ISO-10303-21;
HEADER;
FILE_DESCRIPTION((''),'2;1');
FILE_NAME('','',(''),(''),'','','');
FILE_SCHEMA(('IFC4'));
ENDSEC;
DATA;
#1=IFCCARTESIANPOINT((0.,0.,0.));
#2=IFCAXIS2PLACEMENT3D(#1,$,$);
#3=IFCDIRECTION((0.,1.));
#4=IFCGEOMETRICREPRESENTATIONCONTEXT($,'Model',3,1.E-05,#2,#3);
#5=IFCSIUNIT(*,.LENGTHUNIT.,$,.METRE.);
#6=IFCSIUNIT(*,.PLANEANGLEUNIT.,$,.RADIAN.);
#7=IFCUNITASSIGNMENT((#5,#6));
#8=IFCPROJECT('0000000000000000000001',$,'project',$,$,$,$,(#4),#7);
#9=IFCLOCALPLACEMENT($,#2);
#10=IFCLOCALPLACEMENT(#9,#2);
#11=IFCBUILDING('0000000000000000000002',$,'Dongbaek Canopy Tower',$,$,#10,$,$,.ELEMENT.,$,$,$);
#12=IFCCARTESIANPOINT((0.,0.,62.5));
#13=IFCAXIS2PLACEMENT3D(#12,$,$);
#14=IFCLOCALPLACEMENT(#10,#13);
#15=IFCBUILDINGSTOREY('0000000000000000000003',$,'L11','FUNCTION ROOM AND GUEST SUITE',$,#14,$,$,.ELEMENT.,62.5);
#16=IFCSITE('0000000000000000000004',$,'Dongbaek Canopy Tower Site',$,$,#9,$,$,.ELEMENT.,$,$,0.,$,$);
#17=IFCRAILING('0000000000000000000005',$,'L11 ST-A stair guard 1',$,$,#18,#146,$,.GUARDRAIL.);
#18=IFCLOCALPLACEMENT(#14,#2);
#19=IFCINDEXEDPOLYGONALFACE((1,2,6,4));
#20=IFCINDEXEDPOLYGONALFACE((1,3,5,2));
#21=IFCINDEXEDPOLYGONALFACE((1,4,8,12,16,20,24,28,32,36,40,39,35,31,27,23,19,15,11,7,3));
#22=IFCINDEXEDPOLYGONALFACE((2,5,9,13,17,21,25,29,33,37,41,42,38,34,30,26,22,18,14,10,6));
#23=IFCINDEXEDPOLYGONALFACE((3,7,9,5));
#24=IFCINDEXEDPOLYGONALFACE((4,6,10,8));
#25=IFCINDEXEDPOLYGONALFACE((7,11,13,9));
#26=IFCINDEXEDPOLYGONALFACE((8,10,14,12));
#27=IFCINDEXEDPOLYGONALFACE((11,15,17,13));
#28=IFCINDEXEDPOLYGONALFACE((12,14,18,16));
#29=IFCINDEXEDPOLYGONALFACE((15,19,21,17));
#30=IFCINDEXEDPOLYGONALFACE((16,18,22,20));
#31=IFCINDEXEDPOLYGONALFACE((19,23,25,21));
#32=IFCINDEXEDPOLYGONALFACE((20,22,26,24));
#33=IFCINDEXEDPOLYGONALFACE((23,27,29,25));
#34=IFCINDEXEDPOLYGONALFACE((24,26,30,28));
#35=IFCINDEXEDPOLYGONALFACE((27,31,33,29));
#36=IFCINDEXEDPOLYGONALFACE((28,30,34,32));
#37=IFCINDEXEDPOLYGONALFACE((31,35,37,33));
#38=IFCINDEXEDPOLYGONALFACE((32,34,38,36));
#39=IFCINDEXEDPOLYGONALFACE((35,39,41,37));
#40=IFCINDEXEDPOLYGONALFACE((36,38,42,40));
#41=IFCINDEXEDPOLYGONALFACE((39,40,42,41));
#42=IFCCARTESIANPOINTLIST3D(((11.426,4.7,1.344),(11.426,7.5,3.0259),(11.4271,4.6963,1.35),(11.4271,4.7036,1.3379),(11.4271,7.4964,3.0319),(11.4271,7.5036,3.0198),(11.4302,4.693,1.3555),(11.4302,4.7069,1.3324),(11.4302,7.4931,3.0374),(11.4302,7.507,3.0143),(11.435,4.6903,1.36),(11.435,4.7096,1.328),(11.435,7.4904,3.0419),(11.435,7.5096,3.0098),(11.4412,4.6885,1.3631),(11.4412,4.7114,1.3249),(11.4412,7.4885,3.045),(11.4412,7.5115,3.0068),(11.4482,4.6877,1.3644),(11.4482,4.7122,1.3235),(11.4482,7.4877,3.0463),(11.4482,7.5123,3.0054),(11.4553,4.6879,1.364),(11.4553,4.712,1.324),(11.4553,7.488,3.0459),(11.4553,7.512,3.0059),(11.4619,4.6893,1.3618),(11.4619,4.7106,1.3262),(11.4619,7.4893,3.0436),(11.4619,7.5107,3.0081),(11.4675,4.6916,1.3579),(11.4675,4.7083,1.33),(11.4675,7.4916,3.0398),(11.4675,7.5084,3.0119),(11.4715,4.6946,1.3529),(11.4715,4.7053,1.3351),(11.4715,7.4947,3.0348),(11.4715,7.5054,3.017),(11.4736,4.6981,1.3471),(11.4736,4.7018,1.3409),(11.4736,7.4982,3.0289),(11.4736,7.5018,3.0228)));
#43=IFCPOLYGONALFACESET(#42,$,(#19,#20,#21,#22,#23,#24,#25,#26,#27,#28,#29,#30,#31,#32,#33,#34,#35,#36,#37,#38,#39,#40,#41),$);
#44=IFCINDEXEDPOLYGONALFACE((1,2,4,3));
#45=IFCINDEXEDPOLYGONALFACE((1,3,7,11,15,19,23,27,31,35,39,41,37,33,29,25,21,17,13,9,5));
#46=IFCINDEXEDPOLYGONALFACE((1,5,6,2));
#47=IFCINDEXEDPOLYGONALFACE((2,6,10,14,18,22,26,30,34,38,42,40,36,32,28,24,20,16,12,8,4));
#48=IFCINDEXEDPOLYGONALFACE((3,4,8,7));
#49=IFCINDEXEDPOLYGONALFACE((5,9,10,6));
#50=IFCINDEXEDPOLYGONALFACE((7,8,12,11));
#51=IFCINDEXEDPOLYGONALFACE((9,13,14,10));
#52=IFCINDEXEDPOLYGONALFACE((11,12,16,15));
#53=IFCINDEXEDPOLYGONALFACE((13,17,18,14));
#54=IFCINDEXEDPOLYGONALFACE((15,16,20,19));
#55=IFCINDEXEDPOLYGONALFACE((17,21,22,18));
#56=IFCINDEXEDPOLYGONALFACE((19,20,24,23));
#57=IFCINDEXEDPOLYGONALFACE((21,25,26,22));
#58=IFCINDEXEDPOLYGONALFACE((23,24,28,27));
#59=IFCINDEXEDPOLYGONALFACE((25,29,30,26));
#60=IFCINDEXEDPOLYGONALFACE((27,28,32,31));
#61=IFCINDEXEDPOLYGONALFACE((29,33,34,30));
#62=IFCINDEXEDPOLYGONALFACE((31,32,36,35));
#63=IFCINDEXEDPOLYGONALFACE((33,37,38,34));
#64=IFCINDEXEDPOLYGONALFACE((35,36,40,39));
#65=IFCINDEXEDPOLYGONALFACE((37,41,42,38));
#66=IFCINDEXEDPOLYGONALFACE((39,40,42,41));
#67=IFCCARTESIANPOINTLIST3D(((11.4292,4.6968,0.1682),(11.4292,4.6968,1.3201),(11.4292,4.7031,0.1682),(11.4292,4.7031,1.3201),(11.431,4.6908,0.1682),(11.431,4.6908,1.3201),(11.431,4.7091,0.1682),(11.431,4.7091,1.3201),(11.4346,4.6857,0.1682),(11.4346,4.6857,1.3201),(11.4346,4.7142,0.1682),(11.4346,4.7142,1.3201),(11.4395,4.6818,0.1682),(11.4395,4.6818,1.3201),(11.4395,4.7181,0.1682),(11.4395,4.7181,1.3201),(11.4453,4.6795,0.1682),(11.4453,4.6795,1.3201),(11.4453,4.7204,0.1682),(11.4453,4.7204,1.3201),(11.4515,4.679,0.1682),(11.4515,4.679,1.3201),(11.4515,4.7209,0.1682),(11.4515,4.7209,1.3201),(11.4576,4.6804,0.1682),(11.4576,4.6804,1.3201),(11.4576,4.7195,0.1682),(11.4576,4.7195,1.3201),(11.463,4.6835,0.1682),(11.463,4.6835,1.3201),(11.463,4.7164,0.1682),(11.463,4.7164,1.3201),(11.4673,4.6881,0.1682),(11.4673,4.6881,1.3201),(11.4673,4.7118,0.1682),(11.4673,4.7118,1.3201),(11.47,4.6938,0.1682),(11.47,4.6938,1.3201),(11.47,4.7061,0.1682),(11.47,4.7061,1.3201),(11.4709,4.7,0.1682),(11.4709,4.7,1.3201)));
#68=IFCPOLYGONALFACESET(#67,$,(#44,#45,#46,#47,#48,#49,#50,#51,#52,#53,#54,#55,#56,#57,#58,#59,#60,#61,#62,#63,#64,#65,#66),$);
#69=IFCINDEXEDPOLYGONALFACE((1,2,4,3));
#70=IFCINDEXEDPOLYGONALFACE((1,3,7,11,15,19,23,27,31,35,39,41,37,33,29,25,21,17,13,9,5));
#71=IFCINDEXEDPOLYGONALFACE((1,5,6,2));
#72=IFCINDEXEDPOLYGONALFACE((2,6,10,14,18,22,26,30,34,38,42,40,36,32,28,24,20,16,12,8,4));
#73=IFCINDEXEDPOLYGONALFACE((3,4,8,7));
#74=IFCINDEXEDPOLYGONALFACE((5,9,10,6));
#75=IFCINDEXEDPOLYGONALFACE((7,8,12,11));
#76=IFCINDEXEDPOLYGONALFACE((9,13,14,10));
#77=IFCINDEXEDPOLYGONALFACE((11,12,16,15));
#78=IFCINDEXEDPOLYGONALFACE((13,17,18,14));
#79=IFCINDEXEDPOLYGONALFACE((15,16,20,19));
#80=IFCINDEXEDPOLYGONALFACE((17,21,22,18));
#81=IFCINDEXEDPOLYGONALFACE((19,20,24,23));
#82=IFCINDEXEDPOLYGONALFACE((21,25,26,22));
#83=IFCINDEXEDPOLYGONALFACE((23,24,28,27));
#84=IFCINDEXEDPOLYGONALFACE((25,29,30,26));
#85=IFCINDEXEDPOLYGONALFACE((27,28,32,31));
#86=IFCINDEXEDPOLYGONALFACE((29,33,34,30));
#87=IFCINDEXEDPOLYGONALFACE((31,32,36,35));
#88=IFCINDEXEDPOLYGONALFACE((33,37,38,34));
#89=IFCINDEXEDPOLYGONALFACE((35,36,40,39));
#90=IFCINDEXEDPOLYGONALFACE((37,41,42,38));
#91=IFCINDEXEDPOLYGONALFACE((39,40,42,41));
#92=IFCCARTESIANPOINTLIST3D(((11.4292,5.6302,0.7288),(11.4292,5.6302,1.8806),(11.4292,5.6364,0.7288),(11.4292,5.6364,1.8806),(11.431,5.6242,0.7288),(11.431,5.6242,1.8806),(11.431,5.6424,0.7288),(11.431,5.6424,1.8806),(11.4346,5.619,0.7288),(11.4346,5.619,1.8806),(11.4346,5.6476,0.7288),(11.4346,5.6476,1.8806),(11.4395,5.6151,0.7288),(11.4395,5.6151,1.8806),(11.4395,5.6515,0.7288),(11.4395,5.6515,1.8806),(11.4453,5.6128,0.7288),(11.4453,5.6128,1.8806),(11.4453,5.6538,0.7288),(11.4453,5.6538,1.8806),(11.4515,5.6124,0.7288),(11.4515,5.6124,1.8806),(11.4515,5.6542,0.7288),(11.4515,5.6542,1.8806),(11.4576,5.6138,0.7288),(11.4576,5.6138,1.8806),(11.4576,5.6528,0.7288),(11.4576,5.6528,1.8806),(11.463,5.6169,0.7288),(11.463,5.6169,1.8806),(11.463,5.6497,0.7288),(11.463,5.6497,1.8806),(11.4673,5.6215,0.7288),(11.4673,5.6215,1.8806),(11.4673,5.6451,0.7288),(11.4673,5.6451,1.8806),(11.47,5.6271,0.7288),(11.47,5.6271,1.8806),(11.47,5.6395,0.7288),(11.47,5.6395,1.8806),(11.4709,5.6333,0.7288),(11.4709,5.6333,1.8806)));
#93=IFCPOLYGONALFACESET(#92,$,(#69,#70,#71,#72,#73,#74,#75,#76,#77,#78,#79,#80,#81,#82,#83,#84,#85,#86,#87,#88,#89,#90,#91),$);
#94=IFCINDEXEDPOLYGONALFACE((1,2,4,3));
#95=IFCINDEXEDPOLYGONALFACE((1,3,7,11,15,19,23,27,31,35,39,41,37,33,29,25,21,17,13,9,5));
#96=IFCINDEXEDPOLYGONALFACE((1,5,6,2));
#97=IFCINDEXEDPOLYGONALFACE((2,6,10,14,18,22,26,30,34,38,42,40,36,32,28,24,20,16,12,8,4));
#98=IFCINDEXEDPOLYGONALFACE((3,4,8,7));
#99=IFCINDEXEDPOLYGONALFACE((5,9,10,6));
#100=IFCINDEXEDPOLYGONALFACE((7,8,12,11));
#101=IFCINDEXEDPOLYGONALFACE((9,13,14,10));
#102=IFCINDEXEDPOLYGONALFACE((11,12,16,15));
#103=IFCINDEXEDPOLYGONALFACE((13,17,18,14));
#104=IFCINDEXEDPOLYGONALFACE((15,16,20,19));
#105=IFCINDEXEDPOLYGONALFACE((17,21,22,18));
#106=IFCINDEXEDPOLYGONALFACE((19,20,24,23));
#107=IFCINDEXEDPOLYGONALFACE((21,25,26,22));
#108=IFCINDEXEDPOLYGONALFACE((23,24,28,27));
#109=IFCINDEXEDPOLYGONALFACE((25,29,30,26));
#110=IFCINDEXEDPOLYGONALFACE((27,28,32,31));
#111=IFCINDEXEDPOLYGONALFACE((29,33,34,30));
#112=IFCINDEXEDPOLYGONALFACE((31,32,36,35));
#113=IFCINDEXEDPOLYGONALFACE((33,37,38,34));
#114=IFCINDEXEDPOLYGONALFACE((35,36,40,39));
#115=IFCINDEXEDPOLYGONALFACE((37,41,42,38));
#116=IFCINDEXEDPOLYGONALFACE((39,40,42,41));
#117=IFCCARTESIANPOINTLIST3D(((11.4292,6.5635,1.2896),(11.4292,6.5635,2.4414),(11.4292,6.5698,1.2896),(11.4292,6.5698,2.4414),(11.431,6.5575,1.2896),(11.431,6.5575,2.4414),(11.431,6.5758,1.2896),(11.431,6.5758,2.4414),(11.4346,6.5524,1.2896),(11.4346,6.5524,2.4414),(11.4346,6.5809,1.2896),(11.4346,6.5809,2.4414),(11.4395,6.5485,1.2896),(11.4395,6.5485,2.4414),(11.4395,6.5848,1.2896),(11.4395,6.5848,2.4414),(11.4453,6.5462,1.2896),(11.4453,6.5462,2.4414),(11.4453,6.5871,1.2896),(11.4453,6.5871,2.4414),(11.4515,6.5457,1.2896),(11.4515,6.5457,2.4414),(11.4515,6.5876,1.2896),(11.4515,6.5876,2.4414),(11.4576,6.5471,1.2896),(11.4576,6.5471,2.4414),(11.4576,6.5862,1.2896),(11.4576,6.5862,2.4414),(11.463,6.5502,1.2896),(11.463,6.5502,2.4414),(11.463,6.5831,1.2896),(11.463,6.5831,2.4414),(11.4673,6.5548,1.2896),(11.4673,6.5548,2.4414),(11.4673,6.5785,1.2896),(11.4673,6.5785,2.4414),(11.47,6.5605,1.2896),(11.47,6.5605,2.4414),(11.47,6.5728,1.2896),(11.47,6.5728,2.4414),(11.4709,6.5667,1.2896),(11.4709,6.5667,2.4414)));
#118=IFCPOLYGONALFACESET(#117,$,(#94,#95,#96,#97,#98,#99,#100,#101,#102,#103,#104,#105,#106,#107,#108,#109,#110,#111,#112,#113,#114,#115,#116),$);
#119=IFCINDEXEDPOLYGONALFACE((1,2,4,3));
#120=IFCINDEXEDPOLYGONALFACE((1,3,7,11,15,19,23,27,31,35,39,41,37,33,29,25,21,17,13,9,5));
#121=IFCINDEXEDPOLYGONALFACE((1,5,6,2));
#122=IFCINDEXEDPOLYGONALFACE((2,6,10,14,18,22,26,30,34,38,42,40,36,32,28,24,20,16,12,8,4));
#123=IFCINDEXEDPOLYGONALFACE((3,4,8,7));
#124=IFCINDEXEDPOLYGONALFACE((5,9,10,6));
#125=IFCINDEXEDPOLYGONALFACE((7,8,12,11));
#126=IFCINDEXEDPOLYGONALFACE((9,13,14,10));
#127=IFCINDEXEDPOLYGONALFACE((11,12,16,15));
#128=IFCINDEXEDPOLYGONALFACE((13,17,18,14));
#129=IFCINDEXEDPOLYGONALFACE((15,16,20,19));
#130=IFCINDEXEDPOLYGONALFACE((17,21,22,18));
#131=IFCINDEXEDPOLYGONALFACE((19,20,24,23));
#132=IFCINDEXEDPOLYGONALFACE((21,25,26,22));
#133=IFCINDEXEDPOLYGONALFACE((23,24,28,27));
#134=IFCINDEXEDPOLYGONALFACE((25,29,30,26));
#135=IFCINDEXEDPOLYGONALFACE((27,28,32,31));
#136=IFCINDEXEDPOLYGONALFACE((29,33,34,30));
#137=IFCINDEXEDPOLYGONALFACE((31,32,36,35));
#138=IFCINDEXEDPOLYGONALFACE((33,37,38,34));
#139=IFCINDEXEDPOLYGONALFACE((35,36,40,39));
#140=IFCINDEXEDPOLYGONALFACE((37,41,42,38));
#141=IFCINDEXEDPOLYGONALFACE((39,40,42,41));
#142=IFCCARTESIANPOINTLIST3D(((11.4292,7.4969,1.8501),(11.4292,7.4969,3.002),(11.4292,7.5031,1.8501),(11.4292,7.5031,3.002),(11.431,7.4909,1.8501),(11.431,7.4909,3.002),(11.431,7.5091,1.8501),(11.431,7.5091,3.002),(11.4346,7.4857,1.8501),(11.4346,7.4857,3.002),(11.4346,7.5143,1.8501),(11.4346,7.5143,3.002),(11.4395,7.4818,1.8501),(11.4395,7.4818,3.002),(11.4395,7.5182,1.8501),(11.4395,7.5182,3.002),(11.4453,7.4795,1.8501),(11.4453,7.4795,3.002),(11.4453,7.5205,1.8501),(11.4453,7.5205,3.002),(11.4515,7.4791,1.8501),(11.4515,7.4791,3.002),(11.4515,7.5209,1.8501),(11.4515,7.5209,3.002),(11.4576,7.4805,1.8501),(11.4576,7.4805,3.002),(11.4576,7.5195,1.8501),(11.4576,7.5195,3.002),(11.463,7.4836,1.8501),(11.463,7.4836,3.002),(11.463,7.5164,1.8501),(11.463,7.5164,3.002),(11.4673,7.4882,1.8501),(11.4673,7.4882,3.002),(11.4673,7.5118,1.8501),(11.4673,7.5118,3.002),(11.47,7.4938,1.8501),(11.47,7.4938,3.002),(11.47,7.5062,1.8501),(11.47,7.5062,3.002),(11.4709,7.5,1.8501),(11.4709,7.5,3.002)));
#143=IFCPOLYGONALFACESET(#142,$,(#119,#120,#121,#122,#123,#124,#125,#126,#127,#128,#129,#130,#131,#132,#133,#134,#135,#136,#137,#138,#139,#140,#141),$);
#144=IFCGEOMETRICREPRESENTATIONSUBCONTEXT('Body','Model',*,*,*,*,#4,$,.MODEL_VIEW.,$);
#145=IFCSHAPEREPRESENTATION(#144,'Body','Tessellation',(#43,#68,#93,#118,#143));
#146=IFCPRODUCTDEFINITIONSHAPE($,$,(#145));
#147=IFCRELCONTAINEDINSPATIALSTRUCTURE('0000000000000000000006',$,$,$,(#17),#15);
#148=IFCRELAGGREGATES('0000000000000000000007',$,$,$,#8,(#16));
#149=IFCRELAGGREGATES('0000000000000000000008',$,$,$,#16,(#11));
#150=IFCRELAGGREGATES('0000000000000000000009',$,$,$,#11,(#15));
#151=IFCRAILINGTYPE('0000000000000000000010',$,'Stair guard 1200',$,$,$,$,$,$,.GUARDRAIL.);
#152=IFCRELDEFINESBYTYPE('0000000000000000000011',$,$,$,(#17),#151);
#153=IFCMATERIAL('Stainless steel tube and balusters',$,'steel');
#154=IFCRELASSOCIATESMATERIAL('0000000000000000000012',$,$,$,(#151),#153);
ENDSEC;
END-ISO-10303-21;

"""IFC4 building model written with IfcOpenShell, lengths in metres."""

from ifc_helpers import new_model, si_unit, direction, frame, origin, origin_2d, place, context, subcontext, project, spatial, circle, extrude, material, type_object, element, save


model = new_model("IFC4")

# Units and contexts
model_context = context("Model", 3, precision=1e-05, world=origin(), true_north=direction((0.0, 1.0)))
body_context = subcontext(model_context, "Body", "Model", "MODEL_VIEW")
ifc_project = project(units=[si_unit("LENGTHUNIT", "METRE"), si_unit("PLANEANGLEUNIT", "RADIAN")], contexts=[model_context])

# Site, building, storey
site_placement = place(None, origin())
site = spatial("IfcSite", under=ifc_project, at=site_placement, Name="Dongbaek Canopy Tower Site", CompositionType="ELEMENT", RefElevation=0.0)
building_placement = place(site_placement, origin())
building = spatial("IfcBuilding", under=site, at=building_placement, Name="Dongbaek Canopy Tower", CompositionType="ELEMENT")
storey_placement = place(building_placement, frame((0.0, 0.0, 62.5)))
storey = spatial("IfcBuildingStorey", under=building, at=storey_placement, Name="L11", Description="FUNCTION ROOM AND GUEST SUITE", CompositionType="ELEMENT", Elevation=62.5)

# Railing
ifc_material_1 = material(Name="Stainless steel tube and balusters", Category="steel")
railing_type_1 = type_object("IfcRailingType", Name="Stair guard 1200", PredefinedType="GUARDRAIL", material=ifc_material_1)
railing_1_placement = place(storey_placement, frame((11.45, 4.7, 0.1682)))
element("IfcRailing", 1, at=railing_1_placement, inside=storey, type_object=railing_type_1, Name="L11 ST-A stair guard 1", PredefinedType="GUARDRAIL", context=body_context, shape_type="SweptSolid", body=[
    extrude(circle(Radius=0.0239, at=origin_2d()), frame((0.0, 0.0, 1.1758), z_axis=(0.0, 0.857242, 0.514913), x_axis=(-1.0, 0.0, 0.0)), (0.0, 0.0, 1.0), 3.2664),
    extrude(circle(Radius=0.021, at=origin_2d()), origin(), (0.0, 0.0, 1.0), 1.1519),
    extrude(circle(Radius=0.021, at=origin_2d()), frame((0.0, 0.9333, 0.5605)), (0.0, 0.0, 1.0), 1.1519),
    extrude(circle(Radius=0.021, at=origin_2d()), frame((0.0, 1.8667, 1.1213)), (0.0, 0.0, 1.0), 1.1519),
    extrude(circle(Radius=0.021, at=origin_2d()), frame((0.0, 2.8, 1.6819)), (0.0, 0.0, 1.0), 1.1519),
])

save(model, "model.ifc")
